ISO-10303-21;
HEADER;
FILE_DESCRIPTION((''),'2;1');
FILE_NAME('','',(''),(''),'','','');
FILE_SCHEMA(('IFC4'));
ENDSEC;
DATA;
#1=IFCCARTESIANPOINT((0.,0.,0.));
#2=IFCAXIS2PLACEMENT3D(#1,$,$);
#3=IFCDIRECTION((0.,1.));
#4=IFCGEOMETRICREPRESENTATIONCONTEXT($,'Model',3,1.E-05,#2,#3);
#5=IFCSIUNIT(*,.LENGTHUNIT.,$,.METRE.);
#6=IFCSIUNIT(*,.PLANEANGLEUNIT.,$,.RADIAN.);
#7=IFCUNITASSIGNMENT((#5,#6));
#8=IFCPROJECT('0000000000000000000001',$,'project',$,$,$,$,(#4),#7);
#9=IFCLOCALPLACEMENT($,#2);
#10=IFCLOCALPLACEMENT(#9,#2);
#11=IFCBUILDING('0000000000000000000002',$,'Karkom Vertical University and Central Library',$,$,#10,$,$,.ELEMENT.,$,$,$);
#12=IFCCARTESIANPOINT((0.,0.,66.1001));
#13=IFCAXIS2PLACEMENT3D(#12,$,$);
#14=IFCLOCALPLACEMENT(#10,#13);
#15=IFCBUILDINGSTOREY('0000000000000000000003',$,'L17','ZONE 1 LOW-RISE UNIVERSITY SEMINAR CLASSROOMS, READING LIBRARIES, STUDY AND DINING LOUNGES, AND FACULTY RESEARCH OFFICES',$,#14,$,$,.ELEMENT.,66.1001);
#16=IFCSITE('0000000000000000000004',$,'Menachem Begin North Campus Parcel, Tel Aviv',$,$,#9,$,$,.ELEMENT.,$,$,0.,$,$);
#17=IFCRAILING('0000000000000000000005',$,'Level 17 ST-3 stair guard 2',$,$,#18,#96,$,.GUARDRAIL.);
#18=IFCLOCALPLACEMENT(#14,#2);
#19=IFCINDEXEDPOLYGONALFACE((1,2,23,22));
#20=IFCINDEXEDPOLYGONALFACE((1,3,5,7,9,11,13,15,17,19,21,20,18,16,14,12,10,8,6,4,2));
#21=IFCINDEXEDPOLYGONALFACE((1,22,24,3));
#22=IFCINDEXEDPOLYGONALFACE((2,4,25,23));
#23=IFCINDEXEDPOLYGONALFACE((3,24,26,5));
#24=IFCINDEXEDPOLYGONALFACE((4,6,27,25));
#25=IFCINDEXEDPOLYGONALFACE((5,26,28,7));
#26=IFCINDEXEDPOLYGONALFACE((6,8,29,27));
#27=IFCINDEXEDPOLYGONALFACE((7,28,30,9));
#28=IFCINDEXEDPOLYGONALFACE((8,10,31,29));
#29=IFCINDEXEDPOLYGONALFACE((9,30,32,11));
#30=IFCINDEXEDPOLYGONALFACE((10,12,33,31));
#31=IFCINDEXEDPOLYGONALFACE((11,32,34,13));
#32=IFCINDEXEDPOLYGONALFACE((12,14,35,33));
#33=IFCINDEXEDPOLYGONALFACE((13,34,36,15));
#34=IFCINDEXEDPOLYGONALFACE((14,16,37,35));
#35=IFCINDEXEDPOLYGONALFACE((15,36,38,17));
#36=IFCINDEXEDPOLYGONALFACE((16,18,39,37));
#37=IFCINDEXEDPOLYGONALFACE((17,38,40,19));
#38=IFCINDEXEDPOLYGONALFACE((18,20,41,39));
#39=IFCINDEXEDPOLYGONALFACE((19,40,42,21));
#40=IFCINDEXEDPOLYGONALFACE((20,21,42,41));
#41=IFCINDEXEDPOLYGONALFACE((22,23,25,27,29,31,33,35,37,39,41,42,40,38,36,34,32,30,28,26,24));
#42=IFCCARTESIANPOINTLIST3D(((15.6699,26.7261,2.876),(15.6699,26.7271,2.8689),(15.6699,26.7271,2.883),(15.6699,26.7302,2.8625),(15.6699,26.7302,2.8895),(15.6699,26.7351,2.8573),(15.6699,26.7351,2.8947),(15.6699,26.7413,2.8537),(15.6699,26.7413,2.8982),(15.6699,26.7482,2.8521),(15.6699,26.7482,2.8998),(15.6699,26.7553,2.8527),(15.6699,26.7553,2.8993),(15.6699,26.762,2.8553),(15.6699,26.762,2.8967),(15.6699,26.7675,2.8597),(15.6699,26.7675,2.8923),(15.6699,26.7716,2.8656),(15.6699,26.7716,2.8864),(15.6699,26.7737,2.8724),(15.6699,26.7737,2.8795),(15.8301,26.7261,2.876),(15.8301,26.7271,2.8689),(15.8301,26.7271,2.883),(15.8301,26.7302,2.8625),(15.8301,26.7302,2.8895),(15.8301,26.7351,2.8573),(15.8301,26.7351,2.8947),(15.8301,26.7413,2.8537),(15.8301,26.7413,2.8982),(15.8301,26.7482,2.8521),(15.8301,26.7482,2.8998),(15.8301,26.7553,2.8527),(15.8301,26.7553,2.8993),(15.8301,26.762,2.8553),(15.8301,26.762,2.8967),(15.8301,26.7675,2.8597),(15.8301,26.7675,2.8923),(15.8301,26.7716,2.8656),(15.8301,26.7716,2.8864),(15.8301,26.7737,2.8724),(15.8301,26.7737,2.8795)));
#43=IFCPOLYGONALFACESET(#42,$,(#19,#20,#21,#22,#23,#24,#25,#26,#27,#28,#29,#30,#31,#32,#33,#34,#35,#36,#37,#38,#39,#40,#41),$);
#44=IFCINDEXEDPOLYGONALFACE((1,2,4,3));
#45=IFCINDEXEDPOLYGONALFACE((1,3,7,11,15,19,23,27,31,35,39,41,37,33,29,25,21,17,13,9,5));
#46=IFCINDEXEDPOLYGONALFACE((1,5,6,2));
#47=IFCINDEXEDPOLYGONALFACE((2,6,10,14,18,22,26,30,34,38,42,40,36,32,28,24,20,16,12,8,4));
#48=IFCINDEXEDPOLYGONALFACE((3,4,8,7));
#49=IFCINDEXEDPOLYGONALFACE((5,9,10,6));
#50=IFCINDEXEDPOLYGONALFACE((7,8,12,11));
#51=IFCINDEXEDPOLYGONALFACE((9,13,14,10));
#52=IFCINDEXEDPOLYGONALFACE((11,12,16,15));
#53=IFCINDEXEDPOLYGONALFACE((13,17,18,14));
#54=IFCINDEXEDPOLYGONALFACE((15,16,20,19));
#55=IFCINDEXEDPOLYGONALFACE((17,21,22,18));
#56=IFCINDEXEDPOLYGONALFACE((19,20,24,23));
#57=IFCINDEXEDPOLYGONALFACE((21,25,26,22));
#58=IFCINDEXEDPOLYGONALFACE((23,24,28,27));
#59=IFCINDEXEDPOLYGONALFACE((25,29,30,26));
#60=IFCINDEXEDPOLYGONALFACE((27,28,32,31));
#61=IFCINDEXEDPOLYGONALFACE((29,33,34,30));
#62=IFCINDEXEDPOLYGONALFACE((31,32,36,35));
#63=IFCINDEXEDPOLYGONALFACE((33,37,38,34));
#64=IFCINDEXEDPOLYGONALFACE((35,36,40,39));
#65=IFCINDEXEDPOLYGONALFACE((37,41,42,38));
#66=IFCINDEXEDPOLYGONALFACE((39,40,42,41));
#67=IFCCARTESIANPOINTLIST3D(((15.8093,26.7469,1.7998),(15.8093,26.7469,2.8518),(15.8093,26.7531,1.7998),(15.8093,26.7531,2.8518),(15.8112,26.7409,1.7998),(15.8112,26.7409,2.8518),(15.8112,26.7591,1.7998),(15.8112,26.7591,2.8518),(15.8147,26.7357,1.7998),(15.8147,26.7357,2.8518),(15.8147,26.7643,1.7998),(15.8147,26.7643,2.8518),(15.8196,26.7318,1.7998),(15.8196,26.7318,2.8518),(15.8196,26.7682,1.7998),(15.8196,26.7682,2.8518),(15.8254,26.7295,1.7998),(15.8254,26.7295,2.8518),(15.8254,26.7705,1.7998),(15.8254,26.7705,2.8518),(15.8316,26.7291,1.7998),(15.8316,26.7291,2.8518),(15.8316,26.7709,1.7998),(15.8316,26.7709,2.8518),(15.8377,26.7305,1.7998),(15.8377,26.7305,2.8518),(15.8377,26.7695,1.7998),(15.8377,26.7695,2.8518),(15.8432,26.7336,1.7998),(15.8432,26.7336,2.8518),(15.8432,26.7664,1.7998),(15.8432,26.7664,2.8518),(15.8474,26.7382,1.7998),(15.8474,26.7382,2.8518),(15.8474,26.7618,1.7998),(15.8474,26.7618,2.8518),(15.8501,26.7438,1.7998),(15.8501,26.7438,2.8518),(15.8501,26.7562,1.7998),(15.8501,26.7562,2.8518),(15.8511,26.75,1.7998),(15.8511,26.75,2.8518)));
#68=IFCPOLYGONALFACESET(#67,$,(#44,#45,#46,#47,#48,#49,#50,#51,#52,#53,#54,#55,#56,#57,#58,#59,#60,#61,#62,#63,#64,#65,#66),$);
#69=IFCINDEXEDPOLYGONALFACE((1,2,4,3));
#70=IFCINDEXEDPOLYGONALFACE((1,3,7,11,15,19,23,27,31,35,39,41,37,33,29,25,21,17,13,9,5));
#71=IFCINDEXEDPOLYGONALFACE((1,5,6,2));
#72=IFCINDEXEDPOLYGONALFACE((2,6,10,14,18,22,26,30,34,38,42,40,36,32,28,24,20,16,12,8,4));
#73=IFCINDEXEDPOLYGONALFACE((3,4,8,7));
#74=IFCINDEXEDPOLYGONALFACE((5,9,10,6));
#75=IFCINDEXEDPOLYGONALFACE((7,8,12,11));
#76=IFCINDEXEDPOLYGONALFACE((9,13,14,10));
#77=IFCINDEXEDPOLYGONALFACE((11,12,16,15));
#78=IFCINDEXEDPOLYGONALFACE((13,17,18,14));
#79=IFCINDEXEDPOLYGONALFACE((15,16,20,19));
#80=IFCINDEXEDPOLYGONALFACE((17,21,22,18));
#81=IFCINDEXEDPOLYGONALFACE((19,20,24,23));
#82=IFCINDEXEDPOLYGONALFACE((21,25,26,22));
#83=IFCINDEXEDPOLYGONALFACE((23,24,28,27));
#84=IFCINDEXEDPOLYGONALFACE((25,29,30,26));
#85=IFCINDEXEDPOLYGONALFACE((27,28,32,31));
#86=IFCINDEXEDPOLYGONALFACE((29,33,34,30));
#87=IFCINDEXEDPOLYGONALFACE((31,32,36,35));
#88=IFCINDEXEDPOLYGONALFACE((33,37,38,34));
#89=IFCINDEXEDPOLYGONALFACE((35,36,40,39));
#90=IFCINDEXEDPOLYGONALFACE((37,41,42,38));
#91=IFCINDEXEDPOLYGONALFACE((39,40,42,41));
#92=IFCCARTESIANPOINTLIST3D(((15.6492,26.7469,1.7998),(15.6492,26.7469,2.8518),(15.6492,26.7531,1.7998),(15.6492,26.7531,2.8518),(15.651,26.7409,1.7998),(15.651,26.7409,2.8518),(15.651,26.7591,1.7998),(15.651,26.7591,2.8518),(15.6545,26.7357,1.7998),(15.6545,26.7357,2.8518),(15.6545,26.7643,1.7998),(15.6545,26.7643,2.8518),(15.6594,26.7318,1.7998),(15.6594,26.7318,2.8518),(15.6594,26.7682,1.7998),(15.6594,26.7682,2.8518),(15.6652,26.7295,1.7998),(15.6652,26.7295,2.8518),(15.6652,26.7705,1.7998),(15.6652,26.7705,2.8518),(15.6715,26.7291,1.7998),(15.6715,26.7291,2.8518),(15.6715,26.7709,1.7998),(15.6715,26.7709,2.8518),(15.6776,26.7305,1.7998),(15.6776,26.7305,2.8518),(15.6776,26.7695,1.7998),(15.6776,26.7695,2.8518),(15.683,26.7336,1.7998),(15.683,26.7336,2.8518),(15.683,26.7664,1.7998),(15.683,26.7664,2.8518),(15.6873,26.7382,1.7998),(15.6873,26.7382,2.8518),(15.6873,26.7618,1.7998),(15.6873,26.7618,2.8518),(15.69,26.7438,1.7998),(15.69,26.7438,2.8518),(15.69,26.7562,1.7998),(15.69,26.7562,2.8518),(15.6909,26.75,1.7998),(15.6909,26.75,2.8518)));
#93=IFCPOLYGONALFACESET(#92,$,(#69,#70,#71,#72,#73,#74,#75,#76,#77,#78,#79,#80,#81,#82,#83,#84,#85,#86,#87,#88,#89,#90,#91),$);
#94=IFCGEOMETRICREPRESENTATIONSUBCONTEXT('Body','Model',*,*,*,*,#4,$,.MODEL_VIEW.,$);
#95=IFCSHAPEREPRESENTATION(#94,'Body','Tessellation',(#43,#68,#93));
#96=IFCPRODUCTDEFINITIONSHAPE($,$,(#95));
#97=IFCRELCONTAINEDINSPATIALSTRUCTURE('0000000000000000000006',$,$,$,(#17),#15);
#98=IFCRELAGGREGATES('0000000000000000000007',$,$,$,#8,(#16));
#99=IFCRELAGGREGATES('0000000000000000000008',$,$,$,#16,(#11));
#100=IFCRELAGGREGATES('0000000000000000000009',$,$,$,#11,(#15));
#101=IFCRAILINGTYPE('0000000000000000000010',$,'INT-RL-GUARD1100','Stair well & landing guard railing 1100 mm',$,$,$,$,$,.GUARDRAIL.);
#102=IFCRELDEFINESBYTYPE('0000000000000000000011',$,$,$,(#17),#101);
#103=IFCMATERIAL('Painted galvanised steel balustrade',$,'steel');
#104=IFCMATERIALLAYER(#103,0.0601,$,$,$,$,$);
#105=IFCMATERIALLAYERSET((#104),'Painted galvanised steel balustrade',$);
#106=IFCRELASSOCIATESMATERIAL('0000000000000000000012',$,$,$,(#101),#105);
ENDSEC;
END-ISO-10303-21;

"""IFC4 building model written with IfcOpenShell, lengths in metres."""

from ifc_helpers import new_model, si_unit, direction, frame, origin, origin_2d, place, context, subcontext, project, spatial, circle, extrude, material, layer, layer_set, type_object, element, save


model = new_model("IFC4")

# Units and contexts
model_context = context("Model", 3, precision=1e-05, world=origin(), true_north=direction((0.0, 1.0)))
body_context = subcontext(model_context, "Body", "Model", "MODEL_VIEW")
ifc_project = project(units=[si_unit("LENGTHUNIT", "METRE"), si_unit("PLANEANGLEUNIT", "RADIAN")], contexts=[model_context])

# Site, building, storey
site_placement = place(None, origin())
site = spatial("IfcSite", under=ifc_project, at=site_placement, Name="Menachem Begin North Campus Parcel, Tel Aviv", CompositionType="ELEMENT", RefElevation=0.0)
building_placement = place(site_placement, origin())
building = spatial("IfcBuilding", under=site, at=building_placement, Name="Karkom Vertical University and Central Library", CompositionType="ELEMENT")
storey_placement = place(building_placement, frame((0.0, 0.0, 66.1001)))
storey = spatial("IfcBuildingStorey", under=building, at=storey_placement, Name="L17", Description="ZONE 1 LOW-RISE UNIVERSITY SEMINAR CLASSROOMS, READING LIBRARIES, STUDY AND DINING LOUNGES, AND FACULTY RESEARCH OFFICES", CompositionType="ELEMENT", Elevation=66.1001)

# Railing
ifc_material_1 = material(Name="Painted galvanised steel balustrade", Category="steel")
ifc_layer_1 = layer(ifc_material_1, 0.0601)
ifc_layer_set_1 = layer_set([ifc_layer_1], Name="Painted galvanised steel balustrade")
railing_type_1 = type_object("IfcRailingType", Name="INT-RL-GUARD1100", Description="Stair well & landing guard railing 1100 mm", PredefinedType="GUARDRAIL", material=ifc_layer_set_1)
railing_1_placement = place(storey_placement, frame((15.8301, 26.75, 1.7998)))
element("IfcRailing", 1, at=railing_1_placement, inside=storey, type_object=railing_type_1, Name="Level 17 ST-3 stair guard 2", PredefinedType="GUARDRAIL", context=body_context, shape_type="SweptSolid", body=[
    extrude(circle(Radius=0.0239, at=origin_2d()), frame((0.0, 0.0, 1.0762), z_axis=(-1.0, 0.0, 0.0), x_axis=(0.0, -1.0, 0.0)), (0.0, 0.0, 1.0), 0.1602),
    extrude(circle(Radius=0.021, at=origin_2d()), origin(), (0.0, 0.0, 1.0), 1.052),
    extrude(circle(Radius=0.021, at=origin_2d()), frame((-0.1602, 0.0, 0.0)), (0.0, 0.0, 1.0), 1.052),
])

save(model, "model.ifc")
